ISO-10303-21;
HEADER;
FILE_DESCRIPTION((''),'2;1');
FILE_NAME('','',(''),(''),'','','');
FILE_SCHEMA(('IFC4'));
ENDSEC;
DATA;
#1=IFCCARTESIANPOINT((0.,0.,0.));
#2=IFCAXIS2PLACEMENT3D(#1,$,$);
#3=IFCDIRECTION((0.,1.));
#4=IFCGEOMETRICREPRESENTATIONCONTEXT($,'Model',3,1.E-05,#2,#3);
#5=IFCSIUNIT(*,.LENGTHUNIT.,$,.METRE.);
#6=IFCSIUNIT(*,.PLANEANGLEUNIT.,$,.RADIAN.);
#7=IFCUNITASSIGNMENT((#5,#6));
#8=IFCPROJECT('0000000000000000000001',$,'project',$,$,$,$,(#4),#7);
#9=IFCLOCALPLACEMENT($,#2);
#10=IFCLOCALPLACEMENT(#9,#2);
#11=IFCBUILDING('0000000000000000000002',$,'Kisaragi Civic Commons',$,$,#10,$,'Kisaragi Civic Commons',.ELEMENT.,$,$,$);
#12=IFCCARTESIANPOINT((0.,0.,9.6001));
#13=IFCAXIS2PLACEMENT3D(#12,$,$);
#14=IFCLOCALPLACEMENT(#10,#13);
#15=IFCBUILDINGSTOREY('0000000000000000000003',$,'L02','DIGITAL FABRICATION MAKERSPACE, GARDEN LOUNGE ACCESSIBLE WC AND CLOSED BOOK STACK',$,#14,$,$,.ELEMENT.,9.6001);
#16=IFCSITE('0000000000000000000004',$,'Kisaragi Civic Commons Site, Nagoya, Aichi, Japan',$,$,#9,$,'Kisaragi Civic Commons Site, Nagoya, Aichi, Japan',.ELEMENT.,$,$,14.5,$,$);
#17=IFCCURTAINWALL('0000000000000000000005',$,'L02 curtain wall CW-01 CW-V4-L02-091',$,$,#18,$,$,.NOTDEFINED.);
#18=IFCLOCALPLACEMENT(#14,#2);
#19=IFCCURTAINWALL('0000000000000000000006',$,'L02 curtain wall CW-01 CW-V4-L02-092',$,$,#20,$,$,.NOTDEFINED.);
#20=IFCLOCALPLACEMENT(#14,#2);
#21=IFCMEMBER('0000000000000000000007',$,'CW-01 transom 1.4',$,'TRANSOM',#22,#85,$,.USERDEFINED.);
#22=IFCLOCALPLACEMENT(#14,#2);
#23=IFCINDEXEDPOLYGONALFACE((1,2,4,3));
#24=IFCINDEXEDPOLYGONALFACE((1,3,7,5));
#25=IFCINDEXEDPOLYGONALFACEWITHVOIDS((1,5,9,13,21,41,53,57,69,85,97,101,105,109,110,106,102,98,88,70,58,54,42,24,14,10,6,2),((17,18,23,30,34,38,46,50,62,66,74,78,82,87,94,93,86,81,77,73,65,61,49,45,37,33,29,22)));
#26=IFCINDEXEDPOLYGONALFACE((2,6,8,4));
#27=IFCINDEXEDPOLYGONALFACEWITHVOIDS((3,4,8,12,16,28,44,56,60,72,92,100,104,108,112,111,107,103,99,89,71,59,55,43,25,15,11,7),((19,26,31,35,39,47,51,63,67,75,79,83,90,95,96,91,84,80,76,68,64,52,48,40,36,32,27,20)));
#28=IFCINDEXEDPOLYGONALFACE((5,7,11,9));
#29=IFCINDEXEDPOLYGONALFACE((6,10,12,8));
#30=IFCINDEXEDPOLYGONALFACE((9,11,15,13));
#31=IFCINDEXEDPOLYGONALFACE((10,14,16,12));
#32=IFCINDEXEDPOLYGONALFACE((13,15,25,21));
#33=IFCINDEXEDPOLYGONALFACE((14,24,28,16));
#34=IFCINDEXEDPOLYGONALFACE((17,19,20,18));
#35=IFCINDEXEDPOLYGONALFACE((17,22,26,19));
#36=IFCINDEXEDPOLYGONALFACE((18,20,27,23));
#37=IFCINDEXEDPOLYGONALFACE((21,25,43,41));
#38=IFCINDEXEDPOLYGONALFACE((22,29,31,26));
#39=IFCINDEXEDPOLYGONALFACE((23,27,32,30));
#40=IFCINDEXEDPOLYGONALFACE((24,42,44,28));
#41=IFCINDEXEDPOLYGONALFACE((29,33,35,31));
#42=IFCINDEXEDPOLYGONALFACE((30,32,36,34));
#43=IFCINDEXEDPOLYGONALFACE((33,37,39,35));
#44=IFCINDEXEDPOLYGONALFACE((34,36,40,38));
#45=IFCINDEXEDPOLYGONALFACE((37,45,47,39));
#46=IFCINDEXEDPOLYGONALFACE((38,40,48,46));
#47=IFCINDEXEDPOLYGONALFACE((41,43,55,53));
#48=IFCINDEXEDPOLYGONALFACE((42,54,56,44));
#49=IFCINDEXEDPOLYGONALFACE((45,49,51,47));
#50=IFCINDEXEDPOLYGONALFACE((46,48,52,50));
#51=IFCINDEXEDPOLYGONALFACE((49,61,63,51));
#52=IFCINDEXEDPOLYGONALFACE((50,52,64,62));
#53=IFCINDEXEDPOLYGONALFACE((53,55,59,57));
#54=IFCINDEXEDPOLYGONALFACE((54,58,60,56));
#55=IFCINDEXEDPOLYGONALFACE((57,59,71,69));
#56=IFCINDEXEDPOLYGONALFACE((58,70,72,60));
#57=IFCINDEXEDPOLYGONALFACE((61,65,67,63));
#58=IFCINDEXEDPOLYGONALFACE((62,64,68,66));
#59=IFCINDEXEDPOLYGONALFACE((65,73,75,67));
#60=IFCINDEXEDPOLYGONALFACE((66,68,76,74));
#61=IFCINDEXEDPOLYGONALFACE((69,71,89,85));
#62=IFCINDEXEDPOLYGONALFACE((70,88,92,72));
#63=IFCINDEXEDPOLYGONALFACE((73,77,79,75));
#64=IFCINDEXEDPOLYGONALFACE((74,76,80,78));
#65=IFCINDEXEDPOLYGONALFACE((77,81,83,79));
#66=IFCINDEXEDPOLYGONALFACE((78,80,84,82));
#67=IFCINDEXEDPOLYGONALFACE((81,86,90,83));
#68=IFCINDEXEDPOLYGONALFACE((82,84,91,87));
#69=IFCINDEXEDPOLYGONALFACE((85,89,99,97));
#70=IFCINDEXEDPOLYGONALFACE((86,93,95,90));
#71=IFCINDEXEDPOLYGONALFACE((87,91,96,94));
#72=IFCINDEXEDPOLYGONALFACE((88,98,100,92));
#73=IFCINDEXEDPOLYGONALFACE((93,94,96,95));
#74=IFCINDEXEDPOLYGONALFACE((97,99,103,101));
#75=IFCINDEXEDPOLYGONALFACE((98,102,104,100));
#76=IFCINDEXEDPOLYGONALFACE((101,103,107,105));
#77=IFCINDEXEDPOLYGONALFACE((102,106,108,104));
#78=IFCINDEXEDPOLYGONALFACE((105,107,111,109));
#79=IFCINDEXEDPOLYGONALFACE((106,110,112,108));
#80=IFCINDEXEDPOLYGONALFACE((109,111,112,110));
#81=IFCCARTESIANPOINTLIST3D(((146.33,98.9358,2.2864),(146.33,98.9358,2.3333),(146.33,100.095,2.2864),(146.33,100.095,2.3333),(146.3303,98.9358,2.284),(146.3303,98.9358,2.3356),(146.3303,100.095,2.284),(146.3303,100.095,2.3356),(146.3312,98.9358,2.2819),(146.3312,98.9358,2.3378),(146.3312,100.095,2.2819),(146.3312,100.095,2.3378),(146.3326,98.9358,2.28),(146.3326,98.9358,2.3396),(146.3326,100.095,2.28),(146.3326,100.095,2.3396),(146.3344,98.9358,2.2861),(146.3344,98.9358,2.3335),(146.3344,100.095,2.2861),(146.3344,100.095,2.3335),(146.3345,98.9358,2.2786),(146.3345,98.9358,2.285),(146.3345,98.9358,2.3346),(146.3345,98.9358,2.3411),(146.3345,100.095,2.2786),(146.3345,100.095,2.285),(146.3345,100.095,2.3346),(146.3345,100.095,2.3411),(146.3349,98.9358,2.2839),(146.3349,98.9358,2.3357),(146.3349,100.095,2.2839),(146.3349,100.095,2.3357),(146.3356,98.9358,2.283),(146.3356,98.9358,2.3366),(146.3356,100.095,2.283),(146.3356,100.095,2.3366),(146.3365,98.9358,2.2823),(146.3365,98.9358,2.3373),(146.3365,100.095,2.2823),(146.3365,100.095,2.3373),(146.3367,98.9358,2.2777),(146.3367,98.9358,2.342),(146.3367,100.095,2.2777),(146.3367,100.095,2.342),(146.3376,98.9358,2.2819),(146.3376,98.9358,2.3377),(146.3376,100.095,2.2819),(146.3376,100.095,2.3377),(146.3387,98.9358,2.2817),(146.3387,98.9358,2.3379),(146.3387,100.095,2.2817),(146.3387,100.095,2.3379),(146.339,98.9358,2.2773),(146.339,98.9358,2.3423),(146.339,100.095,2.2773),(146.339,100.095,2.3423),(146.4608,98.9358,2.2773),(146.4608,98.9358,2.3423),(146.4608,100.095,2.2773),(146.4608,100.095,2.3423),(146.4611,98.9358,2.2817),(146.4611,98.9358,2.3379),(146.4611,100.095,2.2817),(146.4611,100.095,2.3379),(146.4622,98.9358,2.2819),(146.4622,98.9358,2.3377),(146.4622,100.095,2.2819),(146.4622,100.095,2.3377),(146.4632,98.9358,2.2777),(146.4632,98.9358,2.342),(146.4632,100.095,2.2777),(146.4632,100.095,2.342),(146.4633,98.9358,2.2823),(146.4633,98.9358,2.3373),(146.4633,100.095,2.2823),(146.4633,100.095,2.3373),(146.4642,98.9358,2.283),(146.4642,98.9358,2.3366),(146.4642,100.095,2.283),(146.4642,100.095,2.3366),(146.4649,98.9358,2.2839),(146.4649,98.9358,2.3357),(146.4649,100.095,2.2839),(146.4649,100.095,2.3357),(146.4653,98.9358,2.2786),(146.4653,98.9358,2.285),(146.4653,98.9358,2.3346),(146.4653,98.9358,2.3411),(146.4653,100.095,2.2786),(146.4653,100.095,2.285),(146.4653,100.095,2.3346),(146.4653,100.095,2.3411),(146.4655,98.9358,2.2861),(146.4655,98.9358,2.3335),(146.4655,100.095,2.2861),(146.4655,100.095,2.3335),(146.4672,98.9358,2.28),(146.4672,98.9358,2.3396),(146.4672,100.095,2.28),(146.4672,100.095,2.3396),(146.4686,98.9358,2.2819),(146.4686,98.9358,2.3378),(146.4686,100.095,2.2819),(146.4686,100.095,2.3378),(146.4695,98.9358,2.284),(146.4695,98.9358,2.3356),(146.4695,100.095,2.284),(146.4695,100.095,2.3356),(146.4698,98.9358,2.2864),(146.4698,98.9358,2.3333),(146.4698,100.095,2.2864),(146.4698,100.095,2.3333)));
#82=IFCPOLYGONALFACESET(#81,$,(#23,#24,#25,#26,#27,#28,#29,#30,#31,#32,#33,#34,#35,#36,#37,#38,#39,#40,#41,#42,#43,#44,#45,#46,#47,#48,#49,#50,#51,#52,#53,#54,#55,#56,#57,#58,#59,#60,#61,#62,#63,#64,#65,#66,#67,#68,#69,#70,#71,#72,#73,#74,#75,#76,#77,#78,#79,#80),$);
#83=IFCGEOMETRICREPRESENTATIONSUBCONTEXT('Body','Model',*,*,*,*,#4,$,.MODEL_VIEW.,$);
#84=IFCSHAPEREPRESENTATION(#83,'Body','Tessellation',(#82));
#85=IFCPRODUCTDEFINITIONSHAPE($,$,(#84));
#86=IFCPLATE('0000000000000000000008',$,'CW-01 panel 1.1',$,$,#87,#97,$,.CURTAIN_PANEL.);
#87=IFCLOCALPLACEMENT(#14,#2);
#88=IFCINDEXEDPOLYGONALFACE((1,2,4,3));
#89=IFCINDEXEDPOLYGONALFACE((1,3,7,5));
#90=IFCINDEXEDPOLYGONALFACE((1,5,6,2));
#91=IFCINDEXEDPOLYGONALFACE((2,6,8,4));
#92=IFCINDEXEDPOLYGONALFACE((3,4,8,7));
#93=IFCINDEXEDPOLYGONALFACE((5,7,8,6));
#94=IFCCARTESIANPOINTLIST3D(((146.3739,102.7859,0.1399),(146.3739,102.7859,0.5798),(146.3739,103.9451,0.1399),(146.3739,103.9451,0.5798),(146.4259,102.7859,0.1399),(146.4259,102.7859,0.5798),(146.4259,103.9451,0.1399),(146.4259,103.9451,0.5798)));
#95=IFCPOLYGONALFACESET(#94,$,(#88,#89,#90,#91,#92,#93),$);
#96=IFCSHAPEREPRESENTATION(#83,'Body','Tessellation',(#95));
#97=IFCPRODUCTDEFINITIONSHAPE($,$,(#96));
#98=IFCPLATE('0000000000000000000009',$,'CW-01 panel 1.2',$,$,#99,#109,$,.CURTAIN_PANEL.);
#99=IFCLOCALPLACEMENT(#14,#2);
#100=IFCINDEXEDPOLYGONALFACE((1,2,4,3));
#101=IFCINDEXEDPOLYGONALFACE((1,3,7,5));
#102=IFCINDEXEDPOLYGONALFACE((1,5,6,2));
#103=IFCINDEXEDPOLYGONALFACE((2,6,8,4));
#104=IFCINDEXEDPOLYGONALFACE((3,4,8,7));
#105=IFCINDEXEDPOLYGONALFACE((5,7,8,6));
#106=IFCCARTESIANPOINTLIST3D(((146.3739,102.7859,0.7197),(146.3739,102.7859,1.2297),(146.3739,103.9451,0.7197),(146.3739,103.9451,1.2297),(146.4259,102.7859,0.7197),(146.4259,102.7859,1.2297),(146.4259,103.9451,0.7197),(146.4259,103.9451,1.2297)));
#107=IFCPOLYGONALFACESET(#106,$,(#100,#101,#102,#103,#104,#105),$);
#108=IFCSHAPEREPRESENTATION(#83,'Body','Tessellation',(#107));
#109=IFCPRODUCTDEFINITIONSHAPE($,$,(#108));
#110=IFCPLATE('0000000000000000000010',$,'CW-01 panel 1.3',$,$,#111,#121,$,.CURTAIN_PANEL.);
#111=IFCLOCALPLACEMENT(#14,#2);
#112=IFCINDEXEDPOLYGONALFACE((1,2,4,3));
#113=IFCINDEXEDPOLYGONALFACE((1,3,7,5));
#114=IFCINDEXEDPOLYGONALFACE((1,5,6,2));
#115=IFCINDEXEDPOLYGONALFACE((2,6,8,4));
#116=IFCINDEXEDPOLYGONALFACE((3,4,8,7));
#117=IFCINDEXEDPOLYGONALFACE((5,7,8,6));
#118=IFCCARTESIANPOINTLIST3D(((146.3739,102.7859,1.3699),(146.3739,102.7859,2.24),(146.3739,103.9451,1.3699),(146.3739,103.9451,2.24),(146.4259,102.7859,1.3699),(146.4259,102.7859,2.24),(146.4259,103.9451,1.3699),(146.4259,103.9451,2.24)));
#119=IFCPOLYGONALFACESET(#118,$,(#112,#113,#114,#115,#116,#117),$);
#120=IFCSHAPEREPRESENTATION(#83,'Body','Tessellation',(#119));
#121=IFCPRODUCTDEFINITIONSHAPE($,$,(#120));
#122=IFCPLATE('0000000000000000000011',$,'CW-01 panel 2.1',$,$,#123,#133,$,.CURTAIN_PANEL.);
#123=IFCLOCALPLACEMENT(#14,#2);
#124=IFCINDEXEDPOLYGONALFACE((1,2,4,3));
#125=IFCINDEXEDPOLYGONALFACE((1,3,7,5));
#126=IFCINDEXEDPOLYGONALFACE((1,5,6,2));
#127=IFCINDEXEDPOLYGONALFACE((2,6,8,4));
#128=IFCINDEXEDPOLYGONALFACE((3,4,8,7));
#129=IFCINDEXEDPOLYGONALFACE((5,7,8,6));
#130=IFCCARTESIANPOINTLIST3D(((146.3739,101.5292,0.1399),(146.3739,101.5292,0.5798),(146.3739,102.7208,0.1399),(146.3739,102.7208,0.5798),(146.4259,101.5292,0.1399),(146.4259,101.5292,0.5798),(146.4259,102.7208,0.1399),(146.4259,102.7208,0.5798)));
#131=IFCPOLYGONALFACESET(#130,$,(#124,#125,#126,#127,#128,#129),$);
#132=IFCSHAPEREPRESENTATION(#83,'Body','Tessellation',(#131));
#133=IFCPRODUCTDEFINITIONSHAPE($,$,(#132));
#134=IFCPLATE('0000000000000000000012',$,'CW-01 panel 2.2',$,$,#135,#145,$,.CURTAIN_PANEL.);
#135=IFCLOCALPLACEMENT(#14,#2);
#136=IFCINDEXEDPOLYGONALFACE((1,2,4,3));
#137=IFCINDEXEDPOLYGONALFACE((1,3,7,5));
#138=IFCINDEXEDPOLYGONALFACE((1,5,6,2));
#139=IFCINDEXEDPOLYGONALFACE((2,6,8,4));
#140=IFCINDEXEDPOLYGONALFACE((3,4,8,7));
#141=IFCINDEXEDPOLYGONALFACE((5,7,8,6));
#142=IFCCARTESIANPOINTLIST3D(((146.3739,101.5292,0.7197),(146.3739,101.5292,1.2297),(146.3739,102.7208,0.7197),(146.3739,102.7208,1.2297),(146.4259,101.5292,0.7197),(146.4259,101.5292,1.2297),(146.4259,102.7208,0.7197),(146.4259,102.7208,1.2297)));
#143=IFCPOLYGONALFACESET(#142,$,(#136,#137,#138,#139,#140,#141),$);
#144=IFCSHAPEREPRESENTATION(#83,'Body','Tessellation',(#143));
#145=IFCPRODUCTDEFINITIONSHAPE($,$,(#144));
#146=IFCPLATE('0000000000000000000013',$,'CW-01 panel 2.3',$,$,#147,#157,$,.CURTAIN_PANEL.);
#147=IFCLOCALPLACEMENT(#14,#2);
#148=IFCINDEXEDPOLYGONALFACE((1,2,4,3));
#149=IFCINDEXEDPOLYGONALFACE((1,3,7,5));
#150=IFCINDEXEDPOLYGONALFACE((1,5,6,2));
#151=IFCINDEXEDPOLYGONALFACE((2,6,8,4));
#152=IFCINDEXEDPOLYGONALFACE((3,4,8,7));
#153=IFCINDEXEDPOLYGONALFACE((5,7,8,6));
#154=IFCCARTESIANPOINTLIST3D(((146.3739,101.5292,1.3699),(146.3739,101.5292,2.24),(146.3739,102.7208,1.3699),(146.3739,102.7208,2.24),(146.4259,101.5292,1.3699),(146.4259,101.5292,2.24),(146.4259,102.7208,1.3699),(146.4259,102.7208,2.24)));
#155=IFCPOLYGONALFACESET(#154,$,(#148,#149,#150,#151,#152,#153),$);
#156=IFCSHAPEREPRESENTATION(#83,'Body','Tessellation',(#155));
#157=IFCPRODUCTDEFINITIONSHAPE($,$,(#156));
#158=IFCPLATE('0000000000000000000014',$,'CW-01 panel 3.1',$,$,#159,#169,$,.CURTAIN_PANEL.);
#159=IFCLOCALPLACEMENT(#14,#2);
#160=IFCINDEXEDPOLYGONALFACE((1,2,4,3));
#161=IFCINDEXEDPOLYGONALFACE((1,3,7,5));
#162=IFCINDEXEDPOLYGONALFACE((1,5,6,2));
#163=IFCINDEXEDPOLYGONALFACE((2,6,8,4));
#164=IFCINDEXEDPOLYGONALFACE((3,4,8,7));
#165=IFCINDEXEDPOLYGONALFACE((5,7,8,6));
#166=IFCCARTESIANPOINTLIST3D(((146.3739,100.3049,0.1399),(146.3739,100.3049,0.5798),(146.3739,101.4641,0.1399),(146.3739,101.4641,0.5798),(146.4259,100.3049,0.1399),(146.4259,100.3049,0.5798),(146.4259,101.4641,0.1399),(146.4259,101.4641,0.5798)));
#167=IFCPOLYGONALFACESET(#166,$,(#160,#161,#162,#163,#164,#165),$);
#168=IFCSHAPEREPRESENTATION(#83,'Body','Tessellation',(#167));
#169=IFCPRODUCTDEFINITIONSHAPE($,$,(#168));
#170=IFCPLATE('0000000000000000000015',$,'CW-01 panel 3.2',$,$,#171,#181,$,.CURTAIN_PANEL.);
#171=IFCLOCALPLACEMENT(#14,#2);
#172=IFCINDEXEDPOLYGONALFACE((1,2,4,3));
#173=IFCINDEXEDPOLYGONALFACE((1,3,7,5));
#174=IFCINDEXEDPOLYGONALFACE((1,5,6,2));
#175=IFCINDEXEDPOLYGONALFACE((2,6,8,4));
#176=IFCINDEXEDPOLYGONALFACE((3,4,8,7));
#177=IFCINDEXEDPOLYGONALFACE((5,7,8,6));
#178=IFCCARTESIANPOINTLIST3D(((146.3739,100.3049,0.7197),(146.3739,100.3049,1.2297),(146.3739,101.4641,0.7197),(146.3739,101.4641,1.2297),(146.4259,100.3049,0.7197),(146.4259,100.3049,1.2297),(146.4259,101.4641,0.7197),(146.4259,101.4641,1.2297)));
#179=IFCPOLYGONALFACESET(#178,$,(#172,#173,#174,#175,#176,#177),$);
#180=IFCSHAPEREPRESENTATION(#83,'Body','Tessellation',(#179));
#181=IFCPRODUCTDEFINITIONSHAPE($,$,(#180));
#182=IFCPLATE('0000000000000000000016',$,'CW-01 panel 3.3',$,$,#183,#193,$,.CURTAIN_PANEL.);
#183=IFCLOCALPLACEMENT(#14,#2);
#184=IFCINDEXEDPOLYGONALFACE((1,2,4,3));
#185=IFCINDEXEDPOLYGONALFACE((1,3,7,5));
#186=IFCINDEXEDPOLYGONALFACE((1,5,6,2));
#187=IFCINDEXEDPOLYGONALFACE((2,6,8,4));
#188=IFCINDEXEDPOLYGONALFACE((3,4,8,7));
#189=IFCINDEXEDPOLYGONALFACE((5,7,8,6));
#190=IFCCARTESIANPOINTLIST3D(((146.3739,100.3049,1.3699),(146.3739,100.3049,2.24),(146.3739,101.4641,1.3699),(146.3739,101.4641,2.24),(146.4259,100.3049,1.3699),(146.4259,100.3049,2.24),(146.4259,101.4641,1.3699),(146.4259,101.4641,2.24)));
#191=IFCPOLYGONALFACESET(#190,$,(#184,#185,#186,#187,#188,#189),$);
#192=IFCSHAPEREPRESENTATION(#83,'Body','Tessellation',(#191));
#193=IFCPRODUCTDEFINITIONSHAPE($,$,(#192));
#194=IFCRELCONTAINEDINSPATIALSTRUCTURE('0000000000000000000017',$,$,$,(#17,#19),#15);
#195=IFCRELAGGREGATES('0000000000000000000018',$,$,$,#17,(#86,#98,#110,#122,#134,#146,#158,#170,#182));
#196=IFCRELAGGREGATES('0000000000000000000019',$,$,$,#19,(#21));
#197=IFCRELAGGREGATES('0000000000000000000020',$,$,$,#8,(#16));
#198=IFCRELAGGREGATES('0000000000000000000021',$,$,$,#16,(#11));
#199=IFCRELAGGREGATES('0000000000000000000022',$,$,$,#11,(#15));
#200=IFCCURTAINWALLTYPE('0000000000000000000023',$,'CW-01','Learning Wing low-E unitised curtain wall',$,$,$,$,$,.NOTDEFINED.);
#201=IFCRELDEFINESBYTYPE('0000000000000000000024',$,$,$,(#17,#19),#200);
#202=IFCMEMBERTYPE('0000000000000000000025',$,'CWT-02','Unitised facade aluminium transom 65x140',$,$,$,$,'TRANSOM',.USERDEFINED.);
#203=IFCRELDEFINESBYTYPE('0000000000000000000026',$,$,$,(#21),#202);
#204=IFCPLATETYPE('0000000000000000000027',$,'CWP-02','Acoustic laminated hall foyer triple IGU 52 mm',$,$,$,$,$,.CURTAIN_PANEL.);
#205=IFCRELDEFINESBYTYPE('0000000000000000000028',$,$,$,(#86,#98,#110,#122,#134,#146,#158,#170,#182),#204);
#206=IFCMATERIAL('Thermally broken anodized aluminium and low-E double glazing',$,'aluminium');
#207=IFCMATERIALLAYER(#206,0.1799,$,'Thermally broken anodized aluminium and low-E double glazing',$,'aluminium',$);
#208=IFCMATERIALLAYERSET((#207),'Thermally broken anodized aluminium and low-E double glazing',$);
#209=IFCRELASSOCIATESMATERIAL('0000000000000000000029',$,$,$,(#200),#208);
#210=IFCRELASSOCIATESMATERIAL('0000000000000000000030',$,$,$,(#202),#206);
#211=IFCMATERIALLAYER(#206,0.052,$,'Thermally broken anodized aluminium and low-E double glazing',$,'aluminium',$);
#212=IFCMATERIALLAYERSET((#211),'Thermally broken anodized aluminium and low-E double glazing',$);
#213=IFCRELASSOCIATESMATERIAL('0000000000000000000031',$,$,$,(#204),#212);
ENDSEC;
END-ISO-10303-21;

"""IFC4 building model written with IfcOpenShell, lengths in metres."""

from ifc_helpers import new_model, si_unit, direction, frame, origin, origin_2d, place, context, subcontext, project, spatial, rectangle, hollow_rectangle, extrude, material, layer, layer_set, material_profile, profile_set, type_object, element, aggregate, save


model = new_model("IFC4")

# Units and contexts
model_context = context("Model", 3, precision=1e-05, world=origin(), true_north=direction((0.0, 1.0)))
body_context = subcontext(model_context, "Body", "Model", "MODEL_VIEW")
ifc_project = project(units=[si_unit("LENGTHUNIT", "METRE"), si_unit("PLANEANGLEUNIT", "RADIAN")], contexts=[model_context])

# Site, building, storey
site_placement = place(None, origin())
site = spatial("IfcSite", under=ifc_project, at=site_placement, Name="Kisaragi Civic Commons Site, Nagoya, Aichi, Japan", LongName="Kisaragi Civic Commons Site, Nagoya, Aichi, Japan", CompositionType="ELEMENT", RefElevation=14.5)
building_placement = place(site_placement, origin())
building = spatial("IfcBuilding", under=site, at=building_placement, Name="Kisaragi Civic Commons", LongName="Kisaragi Civic Commons", CompositionType="ELEMENT")
storey_placement = place(building_placement, frame((0.0, 0.0, 9.6001)))
storey = spatial("IfcBuildingStorey", under=building, at=storey_placement, Name="L02", Description="DIGITAL FABRICATION MAKERSPACE, GARDEN LOUNGE ACCESSIBLE WC AND CLOSED BOOK STACK", CompositionType="ELEMENT", Elevation=9.6001)

# Curtain wall
ifc_material_1 = material(Name="Thermally broken anodized aluminium and low-E double glazing", Category="aluminium")
ifc_layer_1 = layer(ifc_material_1, 0.1799, Name="Thermally broken anodized aluminium and low-E double glazing", Category="aluminium")
ifc_layer_set_1 = layer_set([ifc_layer_1], Name="Thermally broken anodized aluminium and low-E double glazing")
curtain_wall_type = type_object("IfcCurtainWallType", Name="CW-01", Description="Learning Wing low-E unitised curtain wall", PredefinedType="NOTDEFINED", material=ifc_layer_set_1)
curtain_wall_1_placement = place(storey_placement, origin())
curtain_wall_1 = element("IfcCurtainWall", 1, at=curtain_wall_1_placement, inside=storey, type_object=curtain_wall_type, Name="L02 curtain wall CW-01 CW-V4-L02-091", PredefinedType="NOTDEFINED")

# Curtain wall
curtain_wall_2_placement = place(storey_placement, origin())
curtain_wall_2 = element("IfcCurtainWall", 2, at=curtain_wall_2_placement, inside=storey, type_object=curtain_wall_type, Name="L02 curtain wall CW-01 CW-V4-L02-092", PredefinedType="NOTDEFINED")

# Member
ifc_material_profile_1 = material_profile(ifc_material_1, hollow_rectangle(XDim=0.1399, YDim=0.0649, WallThickness=0.0044, InnerFilletRadius=0.0044, OuterFilletRadius=0.009, at=origin_2d()), Name="CWT-65x140x4.5", Category="aluminium")
ifc_profile_set_1 = profile_set([ifc_material_profile_1], Name="Thermally broken anodized aluminium and low-E double glazing")
member_type_1 = type_object("IfcMemberType", Name="CWT-02", Description="Unitised facade aluminium transom 65x140", ElementType="TRANSOM", PredefinedType="USERDEFINED", material=ifc_profile_set_1)
member_1_placement = place(storey_placement, frame((146.3999, 100.095, 2.3098), z_axis=(0.0, -1.0, 0.0), x_axis=(1.0, 0.0, 0.0)))
member_1 = element("IfcMember", 3, at=member_1_placement, type_object=member_type_1, Name="CW-01 transom 1.4", ObjectType="TRANSOM", PredefinedType="USERDEFINED", context=body_context, shape_type="SweptSolid", body=[
    extrude(hollow_rectangle(XDim=0.1399, YDim=0.0649, WallThickness=0.0044, InnerFilletRadius=0.0044, OuterFilletRadius=0.009, at=origin_2d()), origin(), (0.0, 0.0, 1.0), 1.1592),
])

# Plates
ifc_layer_2 = layer(ifc_material_1, 0.052, Name="Thermally broken anodized aluminium and low-E double glazing", Category="aluminium")
ifc_layer_set_2 = layer_set([ifc_layer_2], Name="Thermally broken anodized aluminium and low-E double glazing")
plate_type_1 = type_object("IfcPlateType", Name="CWP-02", Description="Acoustic laminated hall foyer triple IGU 52 mm", PredefinedType="CURTAIN_PANEL", material=ifc_layer_set_2)
plate_1_placement = place(storey_placement, frame((146.3999, 103.3655, 0.1399), z_axis=(0.0, 0.0, 1.0), x_axis=(0.0, -1.0, 0.0)))
plate_1 = element("IfcPlate", 4, at=plate_1_placement, type_object=plate_type_1, Name="CW-01 panel 1.1", PredefinedType="CURTAIN_PANEL", context=body_context, shape_type="SweptSolid", body=[
    extrude(rectangle(XDim=1.1592, YDim=0.052, at=origin_2d()), origin(), (0.0, 0.0, 1.0), 0.4399),
])
plate_2_placement = place(storey_placement, frame((146.3999, 103.3655, 0.7197), z_axis=(0.0, 0.0, 1.0), x_axis=(0.0, -1.0, 0.0)))
plate_2 = element("IfcPlate", 5, at=plate_2_placement, type_object=plate_type_1, Name="CW-01 panel 1.2", PredefinedType="CURTAIN_PANEL", context=body_context, shape_type="SweptSolid", body=[
    extrude(rectangle(XDim=1.1592, YDim=0.052, at=origin_2d()), origin(), (0.0, 0.0, 1.0), 0.51),
])
plate_3_placement = place(storey_placement, frame((146.3999, 103.3655, 1.3699), z_axis=(0.0, 0.0, 1.0), x_axis=(0.0, -1.0, 0.0)))
plate_3 = element("IfcPlate", 6, at=plate_3_placement, type_object=plate_type_1, Name="CW-01 panel 1.3", PredefinedType="CURTAIN_PANEL", context=body_context, shape_type="SweptSolid", body=[
    extrude(rectangle(XDim=1.1592, YDim=0.052, at=origin_2d()), origin(), (0.0, 0.0, 1.0), 0.8701),
])
plate_4_placement = place(storey_placement, frame((146.3999, 102.125, 0.1399), z_axis=(0.0, 0.0, 1.0), x_axis=(0.0, -1.0, 0.0)))
plate_4 = element("IfcPlate", 7, at=plate_4_placement, type_object=plate_type_1, Name="CW-01 panel 2.1", PredefinedType="CURTAIN_PANEL", context=body_context, shape_type="SweptSolid", body=[
    extrude(rectangle(XDim=1.1917, YDim=0.052, at=origin_2d()), origin(), (0.0, 0.0, 1.0), 0.4399),
])
plate_5_placement = place(storey_placement, frame((146.3999, 102.125, 0.7197), z_axis=(0.0, 0.0, 1.0), x_axis=(0.0, -1.0, 0.0)))
plate_5 = element("IfcPlate", 8, at=plate_5_placement, type_object=plate_type_1, Name="CW-01 panel 2.2", PredefinedType="CURTAIN_PANEL", context=body_context, shape_type="SweptSolid", body=[
    extrude(rectangle(XDim=1.1917, YDim=0.052, at=origin_2d()), origin(), (0.0, 0.0, 1.0), 0.51),
])
plate_6_placement = place(storey_placement, frame((146.3999, 102.125, 1.3699), z_axis=(0.0, 0.0, 1.0), x_axis=(0.0, -1.0, 0.0)))
plate_6 = element("IfcPlate", 9, at=plate_6_placement, type_object=plate_type_1, Name="CW-01 panel 2.3", PredefinedType="CURTAIN_PANEL", context=body_context, shape_type="SweptSolid", body=[
    extrude(rectangle(XDim=1.1917, YDim=0.052, at=origin_2d()), origin(), (0.0, 0.0, 1.0), 0.8701),
])
plate_7_placement = place(storey_placement, frame((146.3999, 100.8845, 0.1399), z_axis=(0.0, 0.0, 1.0), x_axis=(0.0, -1.0, 0.0)))
plate_7 = element("IfcPlate", 10, at=plate_7_placement, type_object=plate_type_1, Name="CW-01 panel 3.1", PredefinedType="CURTAIN_PANEL", context=body_context, shape_type="SweptSolid", body=[
    extrude(rectangle(XDim=1.1592, YDim=0.052, at=origin_2d()), origin(), (0.0, 0.0, 1.0), 0.4399),
])
plate_8_placement = place(storey_placement, frame((146.3999, 100.8845, 0.7197), z_axis=(0.0, 0.0, 1.0), x_axis=(0.0, -1.0, 0.0)))
plate_8 = element("IfcPlate", 11, at=plate_8_placement, type_object=plate_type_1, Name="CW-01 panel 3.2", PredefinedType="CURTAIN_PANEL", context=body_context, shape_type="SweptSolid", body=[
    extrude(rectangle(XDim=1.1592, YDim=0.052, at=origin_2d()), origin(), (0.0, 0.0, 1.0), 0.51),
])
plate_9_placement = place(storey_placement, frame((146.3999, 100.8845, 1.3699), z_axis=(0.0, 0.0, 1.0), x_axis=(0.0, -1.0, 0.0)))
plate_9 = element("IfcPlate", 12, at=plate_9_placement, type_object=plate_type_1, Name="CW-01 panel 3.3", PredefinedType="CURTAIN_PANEL", context=body_context, shape_type="SweptSolid", body=[
    extrude(rectangle(XDim=1.1592, YDim=0.052, at=origin_2d()), origin(), (0.0, 0.0, 1.0), 0.8701),
])
aggregate(curtain_wall_1, [plate_1, plate_2, plate_3, plate_4, plate_5, plate_6, plate_7, plate_8, plate_9])
aggregate(curtain_wall_2, [member_1])

save(model, "model.ifc")
